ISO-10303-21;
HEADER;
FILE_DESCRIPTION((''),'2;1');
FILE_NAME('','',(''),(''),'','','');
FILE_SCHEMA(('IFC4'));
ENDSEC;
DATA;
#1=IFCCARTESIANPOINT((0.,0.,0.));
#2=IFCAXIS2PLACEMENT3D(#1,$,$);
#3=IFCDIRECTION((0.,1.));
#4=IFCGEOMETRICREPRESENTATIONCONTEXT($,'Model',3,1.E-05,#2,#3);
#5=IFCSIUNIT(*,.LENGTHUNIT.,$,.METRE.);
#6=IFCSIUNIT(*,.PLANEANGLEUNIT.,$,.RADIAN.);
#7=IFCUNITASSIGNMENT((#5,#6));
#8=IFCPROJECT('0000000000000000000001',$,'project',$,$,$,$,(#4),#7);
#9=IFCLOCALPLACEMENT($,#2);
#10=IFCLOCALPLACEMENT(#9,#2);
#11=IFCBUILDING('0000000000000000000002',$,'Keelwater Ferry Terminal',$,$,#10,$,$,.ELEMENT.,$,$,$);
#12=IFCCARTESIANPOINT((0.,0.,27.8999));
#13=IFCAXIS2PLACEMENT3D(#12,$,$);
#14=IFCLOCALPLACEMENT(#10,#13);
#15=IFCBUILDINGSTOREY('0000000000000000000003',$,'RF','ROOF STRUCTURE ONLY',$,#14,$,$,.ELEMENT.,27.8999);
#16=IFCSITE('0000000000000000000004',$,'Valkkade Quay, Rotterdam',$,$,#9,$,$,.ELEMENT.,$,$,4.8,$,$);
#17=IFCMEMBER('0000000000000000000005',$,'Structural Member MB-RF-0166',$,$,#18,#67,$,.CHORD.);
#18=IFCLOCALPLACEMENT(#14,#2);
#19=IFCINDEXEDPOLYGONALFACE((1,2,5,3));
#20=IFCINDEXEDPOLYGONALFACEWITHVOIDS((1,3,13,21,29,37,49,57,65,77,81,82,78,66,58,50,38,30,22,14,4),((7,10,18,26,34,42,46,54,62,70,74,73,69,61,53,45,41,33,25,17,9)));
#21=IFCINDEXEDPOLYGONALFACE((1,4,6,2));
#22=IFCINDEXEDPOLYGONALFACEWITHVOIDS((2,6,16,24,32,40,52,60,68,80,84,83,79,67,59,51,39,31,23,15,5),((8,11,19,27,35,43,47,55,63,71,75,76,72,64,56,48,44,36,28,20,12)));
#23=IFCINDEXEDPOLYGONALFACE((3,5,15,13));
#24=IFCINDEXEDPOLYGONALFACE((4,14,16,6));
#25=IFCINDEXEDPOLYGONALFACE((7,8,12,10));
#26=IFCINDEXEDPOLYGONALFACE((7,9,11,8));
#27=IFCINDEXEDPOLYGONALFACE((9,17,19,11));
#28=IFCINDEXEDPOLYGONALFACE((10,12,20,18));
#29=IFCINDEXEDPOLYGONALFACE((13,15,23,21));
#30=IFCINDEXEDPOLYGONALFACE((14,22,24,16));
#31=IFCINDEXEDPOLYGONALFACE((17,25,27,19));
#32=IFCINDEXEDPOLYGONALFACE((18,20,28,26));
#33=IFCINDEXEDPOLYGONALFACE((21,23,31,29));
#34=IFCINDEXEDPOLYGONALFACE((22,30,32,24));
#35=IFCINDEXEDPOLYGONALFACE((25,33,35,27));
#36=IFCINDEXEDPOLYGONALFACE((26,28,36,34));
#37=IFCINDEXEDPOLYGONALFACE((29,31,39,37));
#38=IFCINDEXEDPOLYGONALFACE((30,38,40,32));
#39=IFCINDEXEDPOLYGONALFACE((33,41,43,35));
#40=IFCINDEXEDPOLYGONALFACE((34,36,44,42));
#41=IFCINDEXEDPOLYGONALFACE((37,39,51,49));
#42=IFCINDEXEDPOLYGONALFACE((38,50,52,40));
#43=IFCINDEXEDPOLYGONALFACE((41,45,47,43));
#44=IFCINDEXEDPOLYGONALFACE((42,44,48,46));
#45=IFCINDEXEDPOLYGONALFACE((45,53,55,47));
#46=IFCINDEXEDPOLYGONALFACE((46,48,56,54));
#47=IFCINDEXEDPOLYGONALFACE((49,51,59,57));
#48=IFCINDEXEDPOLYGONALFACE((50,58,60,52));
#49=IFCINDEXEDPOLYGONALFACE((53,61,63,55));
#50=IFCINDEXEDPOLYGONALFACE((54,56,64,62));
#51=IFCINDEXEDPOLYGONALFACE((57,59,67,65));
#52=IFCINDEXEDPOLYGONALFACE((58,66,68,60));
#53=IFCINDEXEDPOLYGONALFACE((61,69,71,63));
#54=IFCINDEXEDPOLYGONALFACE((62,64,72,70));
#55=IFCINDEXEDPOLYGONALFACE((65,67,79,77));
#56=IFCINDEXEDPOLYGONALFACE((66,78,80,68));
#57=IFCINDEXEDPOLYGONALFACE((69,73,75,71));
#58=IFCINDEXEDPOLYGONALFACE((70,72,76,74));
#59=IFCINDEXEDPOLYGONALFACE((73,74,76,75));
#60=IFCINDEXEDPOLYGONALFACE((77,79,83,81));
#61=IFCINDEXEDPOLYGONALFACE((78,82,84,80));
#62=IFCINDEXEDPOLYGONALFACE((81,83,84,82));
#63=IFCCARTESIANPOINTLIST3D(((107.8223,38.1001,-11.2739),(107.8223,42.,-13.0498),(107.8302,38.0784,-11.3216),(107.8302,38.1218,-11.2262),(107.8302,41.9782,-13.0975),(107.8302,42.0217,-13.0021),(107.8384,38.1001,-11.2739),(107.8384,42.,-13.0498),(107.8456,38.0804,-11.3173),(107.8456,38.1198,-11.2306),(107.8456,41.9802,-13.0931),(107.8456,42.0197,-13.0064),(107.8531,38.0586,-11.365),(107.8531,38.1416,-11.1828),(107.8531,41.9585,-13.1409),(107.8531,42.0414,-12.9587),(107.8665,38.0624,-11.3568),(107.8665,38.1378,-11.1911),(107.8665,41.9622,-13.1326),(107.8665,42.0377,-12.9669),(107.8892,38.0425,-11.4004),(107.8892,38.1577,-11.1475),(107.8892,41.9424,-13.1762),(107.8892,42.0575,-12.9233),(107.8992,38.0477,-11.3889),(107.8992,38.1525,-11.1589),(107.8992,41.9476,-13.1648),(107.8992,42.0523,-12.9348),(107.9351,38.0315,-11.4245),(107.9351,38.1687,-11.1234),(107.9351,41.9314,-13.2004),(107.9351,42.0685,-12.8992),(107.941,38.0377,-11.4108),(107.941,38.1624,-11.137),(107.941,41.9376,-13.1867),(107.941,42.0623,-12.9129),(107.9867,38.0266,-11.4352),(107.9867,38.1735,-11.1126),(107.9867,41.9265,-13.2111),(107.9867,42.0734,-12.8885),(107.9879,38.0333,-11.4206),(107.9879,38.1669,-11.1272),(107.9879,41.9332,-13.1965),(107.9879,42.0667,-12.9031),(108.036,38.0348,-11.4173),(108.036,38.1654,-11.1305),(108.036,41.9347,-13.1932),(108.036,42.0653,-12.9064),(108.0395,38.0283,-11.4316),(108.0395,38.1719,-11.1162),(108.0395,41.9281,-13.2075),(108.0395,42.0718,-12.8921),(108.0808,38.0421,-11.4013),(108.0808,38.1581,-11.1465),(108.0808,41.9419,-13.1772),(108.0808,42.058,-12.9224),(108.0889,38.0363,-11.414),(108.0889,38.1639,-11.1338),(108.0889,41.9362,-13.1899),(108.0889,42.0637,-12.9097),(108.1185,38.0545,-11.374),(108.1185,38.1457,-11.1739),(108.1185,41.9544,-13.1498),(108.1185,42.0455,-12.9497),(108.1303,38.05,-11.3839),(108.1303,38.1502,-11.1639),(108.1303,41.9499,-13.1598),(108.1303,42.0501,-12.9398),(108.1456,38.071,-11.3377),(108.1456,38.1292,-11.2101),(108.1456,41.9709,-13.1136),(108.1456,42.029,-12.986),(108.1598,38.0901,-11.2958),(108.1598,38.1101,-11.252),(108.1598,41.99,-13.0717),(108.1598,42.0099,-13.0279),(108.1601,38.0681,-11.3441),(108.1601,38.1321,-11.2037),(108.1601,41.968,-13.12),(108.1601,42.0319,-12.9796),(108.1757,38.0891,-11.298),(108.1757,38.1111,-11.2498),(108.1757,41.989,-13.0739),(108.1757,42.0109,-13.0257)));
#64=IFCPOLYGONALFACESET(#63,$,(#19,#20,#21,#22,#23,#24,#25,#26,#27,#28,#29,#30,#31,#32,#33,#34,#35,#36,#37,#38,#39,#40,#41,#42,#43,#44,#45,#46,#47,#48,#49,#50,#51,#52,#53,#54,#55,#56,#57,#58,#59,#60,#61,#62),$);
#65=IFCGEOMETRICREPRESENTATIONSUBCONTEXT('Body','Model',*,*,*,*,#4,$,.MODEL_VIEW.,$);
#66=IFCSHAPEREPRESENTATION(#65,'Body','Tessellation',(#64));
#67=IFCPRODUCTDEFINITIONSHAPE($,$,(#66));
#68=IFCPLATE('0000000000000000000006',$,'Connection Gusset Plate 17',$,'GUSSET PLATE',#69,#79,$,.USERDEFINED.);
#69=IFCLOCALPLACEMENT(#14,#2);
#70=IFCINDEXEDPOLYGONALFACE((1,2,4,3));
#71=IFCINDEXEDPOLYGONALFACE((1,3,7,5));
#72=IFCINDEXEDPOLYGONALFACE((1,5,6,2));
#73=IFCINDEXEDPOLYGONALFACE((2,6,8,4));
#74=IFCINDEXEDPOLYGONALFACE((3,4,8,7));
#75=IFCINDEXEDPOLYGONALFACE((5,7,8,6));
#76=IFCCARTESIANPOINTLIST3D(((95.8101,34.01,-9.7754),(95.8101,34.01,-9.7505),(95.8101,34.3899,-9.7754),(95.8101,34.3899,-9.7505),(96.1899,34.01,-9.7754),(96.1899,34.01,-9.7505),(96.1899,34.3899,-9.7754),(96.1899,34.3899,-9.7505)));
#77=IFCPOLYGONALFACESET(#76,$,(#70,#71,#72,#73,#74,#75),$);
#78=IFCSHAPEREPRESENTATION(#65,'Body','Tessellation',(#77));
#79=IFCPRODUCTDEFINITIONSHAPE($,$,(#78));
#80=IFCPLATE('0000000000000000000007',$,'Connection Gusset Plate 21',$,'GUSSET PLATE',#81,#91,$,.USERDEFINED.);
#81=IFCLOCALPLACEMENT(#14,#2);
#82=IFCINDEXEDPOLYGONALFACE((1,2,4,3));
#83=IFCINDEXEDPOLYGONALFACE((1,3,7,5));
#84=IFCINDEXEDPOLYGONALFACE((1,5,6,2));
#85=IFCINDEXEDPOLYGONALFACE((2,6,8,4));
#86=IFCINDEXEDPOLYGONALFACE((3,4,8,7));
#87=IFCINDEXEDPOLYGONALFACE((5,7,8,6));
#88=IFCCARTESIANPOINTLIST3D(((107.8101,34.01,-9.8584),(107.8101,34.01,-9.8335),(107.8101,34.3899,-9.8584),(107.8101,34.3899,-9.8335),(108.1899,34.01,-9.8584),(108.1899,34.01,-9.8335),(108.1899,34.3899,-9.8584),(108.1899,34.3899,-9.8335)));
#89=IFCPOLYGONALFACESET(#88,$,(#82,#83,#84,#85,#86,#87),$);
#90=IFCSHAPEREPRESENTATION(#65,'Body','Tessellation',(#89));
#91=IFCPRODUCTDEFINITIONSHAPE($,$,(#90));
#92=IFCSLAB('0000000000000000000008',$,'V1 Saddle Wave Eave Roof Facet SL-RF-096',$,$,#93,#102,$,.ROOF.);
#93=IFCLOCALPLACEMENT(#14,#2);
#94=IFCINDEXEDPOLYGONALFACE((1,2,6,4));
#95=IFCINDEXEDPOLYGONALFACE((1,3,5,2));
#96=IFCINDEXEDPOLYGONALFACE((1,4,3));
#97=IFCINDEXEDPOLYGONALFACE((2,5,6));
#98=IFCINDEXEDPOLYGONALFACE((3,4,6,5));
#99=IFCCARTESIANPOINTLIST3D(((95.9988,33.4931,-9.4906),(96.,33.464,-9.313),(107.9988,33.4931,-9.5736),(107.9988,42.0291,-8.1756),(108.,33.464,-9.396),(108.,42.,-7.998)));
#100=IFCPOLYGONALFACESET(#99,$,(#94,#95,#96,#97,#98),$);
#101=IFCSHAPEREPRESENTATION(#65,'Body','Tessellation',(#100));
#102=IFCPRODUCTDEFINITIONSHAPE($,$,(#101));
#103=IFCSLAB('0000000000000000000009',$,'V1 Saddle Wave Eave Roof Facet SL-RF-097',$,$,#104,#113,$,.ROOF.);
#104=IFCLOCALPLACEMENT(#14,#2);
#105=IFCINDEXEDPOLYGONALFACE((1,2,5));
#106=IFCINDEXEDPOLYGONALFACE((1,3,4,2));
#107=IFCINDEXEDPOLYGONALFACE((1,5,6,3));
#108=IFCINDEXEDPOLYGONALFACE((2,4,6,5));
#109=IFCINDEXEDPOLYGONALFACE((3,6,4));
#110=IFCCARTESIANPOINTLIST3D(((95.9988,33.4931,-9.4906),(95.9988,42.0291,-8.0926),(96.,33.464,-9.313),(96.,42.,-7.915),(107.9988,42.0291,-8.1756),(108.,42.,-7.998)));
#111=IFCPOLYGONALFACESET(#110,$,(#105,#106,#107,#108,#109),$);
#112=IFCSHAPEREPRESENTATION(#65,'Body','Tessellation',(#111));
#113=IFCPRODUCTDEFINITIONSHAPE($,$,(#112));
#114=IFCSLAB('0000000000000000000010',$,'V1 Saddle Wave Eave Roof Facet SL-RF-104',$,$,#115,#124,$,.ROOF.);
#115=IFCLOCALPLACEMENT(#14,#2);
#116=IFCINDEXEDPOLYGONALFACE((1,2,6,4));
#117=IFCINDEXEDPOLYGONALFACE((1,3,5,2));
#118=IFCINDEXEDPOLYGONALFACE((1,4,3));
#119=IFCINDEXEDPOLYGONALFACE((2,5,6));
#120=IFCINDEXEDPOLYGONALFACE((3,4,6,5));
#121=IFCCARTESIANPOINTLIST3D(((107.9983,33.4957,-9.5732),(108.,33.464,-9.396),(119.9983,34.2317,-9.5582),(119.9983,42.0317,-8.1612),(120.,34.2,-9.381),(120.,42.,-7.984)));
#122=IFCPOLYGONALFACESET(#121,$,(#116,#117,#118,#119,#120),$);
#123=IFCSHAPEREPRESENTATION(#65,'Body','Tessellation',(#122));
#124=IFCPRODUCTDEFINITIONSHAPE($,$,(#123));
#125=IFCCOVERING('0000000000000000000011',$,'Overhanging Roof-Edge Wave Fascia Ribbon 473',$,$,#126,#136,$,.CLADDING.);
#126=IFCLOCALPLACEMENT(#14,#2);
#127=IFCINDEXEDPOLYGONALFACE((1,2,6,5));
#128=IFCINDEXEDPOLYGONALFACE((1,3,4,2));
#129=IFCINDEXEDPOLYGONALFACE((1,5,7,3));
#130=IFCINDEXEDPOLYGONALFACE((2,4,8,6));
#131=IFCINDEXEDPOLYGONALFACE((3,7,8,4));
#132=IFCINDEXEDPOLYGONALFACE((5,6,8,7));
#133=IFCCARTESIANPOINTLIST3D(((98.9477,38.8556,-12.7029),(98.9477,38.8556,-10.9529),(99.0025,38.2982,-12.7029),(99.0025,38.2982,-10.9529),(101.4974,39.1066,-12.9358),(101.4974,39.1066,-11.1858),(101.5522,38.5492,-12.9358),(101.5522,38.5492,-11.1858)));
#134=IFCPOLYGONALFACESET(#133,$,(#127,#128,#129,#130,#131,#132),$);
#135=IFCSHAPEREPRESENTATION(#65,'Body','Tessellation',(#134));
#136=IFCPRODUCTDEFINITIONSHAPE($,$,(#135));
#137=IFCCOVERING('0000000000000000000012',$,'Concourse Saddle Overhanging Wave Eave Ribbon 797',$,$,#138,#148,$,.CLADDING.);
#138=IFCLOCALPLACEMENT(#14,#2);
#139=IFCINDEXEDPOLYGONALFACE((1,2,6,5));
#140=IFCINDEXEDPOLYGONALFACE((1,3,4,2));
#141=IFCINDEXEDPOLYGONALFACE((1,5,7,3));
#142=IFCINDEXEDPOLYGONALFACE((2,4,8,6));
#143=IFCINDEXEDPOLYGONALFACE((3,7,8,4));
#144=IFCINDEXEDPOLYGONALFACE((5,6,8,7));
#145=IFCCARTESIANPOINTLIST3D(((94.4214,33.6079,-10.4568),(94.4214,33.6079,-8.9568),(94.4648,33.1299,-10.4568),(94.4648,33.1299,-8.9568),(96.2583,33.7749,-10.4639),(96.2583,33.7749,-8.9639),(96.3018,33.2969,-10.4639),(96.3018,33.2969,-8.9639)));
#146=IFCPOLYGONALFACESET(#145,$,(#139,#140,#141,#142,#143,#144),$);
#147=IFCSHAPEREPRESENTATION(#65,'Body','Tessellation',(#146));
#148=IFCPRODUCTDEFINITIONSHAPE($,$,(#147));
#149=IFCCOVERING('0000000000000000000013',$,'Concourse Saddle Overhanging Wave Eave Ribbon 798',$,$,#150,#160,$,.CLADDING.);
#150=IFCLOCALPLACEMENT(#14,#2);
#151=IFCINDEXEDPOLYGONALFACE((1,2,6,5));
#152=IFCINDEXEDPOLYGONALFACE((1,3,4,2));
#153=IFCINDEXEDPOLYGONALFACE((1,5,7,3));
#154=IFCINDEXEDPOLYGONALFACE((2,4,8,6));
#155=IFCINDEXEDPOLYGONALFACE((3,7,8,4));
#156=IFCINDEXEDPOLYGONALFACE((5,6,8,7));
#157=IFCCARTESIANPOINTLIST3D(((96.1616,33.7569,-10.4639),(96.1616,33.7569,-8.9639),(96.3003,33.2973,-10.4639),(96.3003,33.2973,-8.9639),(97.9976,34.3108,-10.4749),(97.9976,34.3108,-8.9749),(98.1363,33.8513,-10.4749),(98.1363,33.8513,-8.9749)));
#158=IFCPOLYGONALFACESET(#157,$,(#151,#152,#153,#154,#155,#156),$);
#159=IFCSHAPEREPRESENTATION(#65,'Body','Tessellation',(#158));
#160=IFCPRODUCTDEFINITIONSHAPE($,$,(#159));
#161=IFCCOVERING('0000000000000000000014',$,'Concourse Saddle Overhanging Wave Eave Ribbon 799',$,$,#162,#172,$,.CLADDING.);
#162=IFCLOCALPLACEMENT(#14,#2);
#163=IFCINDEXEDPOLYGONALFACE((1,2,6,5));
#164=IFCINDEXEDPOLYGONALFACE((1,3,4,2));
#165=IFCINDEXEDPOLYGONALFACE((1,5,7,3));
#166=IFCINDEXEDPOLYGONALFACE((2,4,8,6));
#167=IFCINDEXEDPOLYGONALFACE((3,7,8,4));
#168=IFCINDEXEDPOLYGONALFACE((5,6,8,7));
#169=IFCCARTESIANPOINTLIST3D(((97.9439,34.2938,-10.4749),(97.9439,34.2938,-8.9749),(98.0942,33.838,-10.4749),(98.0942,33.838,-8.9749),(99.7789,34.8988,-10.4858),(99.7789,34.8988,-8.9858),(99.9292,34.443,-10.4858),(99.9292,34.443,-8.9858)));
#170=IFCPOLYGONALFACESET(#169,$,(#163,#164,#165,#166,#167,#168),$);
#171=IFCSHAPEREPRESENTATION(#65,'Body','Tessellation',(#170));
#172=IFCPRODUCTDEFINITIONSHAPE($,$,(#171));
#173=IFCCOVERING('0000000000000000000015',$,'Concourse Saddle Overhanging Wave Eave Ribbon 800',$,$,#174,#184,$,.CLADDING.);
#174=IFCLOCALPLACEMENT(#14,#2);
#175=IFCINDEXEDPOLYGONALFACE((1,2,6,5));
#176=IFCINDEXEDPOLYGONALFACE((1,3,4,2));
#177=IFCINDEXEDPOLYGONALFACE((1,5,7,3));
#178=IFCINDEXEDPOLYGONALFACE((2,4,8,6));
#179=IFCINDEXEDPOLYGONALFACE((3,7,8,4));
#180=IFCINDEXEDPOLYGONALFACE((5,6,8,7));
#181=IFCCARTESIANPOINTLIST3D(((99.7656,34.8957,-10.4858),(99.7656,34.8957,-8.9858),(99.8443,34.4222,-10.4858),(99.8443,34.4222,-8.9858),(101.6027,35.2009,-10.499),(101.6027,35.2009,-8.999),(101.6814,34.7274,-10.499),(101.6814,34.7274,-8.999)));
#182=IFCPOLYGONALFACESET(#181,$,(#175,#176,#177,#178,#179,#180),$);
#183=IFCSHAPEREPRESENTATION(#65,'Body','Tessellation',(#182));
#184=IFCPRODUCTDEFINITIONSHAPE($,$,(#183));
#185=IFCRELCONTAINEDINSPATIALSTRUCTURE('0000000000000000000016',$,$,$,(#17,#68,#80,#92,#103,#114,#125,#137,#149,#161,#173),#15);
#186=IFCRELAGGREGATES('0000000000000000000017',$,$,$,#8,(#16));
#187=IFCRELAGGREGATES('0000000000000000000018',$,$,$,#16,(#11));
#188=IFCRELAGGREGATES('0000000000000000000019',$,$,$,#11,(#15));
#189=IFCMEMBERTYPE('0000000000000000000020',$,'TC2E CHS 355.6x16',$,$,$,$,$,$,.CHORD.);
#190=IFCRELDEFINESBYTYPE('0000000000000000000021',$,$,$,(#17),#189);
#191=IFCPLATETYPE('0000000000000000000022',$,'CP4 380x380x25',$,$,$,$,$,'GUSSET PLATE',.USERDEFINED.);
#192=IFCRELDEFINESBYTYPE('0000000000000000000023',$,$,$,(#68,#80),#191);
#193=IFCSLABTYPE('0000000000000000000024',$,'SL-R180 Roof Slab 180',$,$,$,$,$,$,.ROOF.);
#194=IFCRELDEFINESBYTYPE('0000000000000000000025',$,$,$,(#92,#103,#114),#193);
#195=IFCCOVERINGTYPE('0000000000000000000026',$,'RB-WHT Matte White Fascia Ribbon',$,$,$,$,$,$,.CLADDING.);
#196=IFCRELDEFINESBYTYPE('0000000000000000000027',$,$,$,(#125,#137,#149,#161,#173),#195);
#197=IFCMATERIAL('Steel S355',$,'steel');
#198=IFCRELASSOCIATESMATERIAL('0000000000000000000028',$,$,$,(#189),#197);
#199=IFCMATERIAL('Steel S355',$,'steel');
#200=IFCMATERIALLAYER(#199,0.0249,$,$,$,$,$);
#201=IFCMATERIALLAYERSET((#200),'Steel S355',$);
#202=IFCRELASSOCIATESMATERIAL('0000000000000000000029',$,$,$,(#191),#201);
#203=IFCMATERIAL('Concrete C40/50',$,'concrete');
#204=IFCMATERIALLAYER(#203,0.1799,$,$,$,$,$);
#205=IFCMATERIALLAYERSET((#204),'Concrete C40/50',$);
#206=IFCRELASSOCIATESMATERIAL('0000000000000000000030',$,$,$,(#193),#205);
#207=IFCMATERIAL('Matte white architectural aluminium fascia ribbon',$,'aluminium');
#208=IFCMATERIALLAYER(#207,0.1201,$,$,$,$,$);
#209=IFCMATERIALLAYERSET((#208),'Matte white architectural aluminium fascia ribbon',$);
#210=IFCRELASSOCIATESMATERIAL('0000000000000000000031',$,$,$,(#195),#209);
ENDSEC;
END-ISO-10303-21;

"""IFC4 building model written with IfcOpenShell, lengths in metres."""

from ifc_helpers import new_model, si_unit, direction, frame, origin, origin_with_axes, origin_2d, place, context, subcontext, project, spatial, polyline, rectangle, hollow_circle, outline, extrude, material, layer, layer_set, material_profile, profile_set, type_object, element, save


model = new_model("IFC4")

# Units and contexts
model_context = context("Model", 3, precision=1e-05, world=origin(), true_north=direction((0.0, 1.0)))
body_context = subcontext(model_context, "Body", "Model", "MODEL_VIEW")
ifc_project = project(units=[si_unit("LENGTHUNIT", "METRE"), si_unit("PLANEANGLEUNIT", "RADIAN")], contexts=[model_context])

# Site, building, storey
site_placement = place(None, origin())
site = spatial("IfcSite", under=ifc_project, at=site_placement, Name="Valkkade Quay, Rotterdam", CompositionType="ELEMENT", RefElevation=4.8)
building_placement = place(site_placement, origin())
building = spatial("IfcBuilding", under=site, at=building_placement, Name="Keelwater Ferry Terminal", CompositionType="ELEMENT")
storey_placement = place(building_placement, frame((0.0, 0.0, 27.8999)))
storey = spatial("IfcBuildingStorey", under=building, at=storey_placement, Name="RF", Description="ROOF STRUCTURE ONLY", CompositionType="ELEMENT", Elevation=27.8999)

# Member
ifc_material_1 = material(Name="Steel S355", Category="steel")
ifc_material_profile_1 = material_profile(ifc_material_1, hollow_circle(Radius=0.1777, WallThickness=0.0161, at=origin_2d()), Name="CHS 355.6x16")
ifc_profile_set_1 = profile_set([ifc_material_profile_1], Name="Steel S355")
member_type_1 = type_object("IfcMemberType", Name="TC2E CHS 355.6x16", PredefinedType="CHORD", material=ifc_profile_set_1)
member_1_placement = place(storey_placement, frame((108.0, 38.1001, -11.2739), z_axis=(0.0, 0.910085, -0.414421), x_axis=(-1.0, 0.0, 0.0)))
element("IfcMember", 1, at=member_1_placement, inside=storey, type_object=member_type_1, Name="Structural Member MB-RF-0166", PredefinedType="CHORD", context=body_context, shape_type="SweptSolid", body=[
    extrude(hollow_circle(Radius=0.1777, WallThickness=0.0161, at=origin_2d()), origin(), (0.0, 0.0, 1.0), 4.2852),
])

# Plates
ifc_material_2 = material(Name="Steel S355", Category="steel")
ifc_layer_1 = layer(ifc_material_2, 0.0249)
ifc_layer_set_1 = layer_set([ifc_layer_1], Name="Steel S355")
plate_type = type_object("IfcPlateType", Name="CP4 380x380x25", ElementType="GUSSET PLATE", PredefinedType="USERDEFINED", material=ifc_layer_set_1)
for number, where, z_axis, x_axis, name in (
    (2, (96.0, 34.2, -9.7754), (0.0, 0.0, 1.0), (0.0, 1.0, 0.0), "Connection Gusset Plate 17"),
    (3, (108.0, 34.2, -9.8584), (0.0, 0.0, 1.0), (0.0, 1.0, 0.0), "Connection Gusset Plate 21"),
):
    element("IfcPlate", number, at=place(storey_placement, frame(where, z_axis=z_axis, x_axis=x_axis)), inside=storey, type_object=plate_type, Name=name, ObjectType="GUSSET PLATE", PredefinedType="USERDEFINED", context=body_context, shape_type="SweptSolid", body=[
        extrude(rectangle(XDim=0.3799, YDim=0.3799, at=origin_2d()), origin(), (0.0, 0.0, 1.0), 0.0249),
    ])

# Slabs
ifc_material_3 = material(Name="Concrete C40/50", Category="concrete")
ifc_layer_2 = layer(ifc_material_3, 0.1799)
ifc_layer_set_2 = layer_set([ifc_layer_2], Name="Concrete C40/50")
slab_type = type_object("IfcSlabType", Name="SL-R180 Roof Slab 180", PredefinedType="ROOF", material=ifc_layer_set_2)
slab_1_placement = place(storey_placement, frame((95.9988, 33.4931, -9.4906), z_axis=(0.006826, -0.16162, 0.986829), x_axis=(0.999977, 0.001103, -0.006736)))
element("IfcSlab", 4, at=slab_1_placement, inside=storey, type_object=slab_type, Name="V1 Saddle Wave Eave Roof Facet SL-RF-096", PredefinedType="ROOF", context=body_context, shape_type="SweptSolid", body=[
    extrude(outline(polyline([(0.0, 0.0), (12.0003, -0.0134), (12.0003, 8.6363), (0.0, 0.0)])), origin_with_axes(), (0.0, 0.0, 1.0), 0.18),
])
slab_2_placement = place(storey_placement, frame((95.9988, 33.4931, -9.4906), z_axis=(0.006826, -0.16162, 0.986829), x_axis=(0.999977, 0.001103, -0.006736)))
element("IfcSlab", 5, at=slab_2_placement, inside=storey, type_object=slab_type, Name="V1 Saddle Wave Eave Roof Facet SL-RF-097", PredefinedType="ROOF", context=body_context, shape_type="SweptSolid", body=[
    extrude(outline(polyline([(0.0, 0.0), (12.0003, 8.6363), (0.0, 8.6497), (0.0, 0.0)])), origin_with_axes(), (0.0, 0.0, 1.0), 0.18),
])
slab_3_placement = place(storey_placement, frame((107.9983, 33.4957, -9.5732), z_axis=(0.009582, -0.176289, 0.984292), x_axis=(0.999954, 0.001689, -0.009432)))
element("IfcSlab", 6, at=slab_3_placement, inside=storey, type_object=slab_type, Name="V1 Saddle Wave Eave Roof Facet SL-RF-104", PredefinedType="ROOF", context=body_context, shape_type="SweptSolid", body=[
    extrude(outline(polyline([(0.0, 0.0), (12.0006, 0.7271), (12.0006, 8.6512), (0.0, 0.0)])), origin_with_axes(), (0.0, 0.0, 1.0), 0.18),
])

# Coverings
ifc_material_4 = material(Name="Matte white architectural aluminium fascia ribbon", Category="aluminium")
ifc_layer_3 = layer(ifc_material_4, 0.1201)
ifc_layer_set_3 = layer_set([ifc_layer_3], Name="Matte white architectural aluminium fascia ribbon")
covering_type = type_object("IfcCoveringType", Name="RB-WHT Matte White Fascia Ribbon", PredefinedType="CLADDING", material=ifc_layer_set_3)
covering_1_placement = place(storey_placement, frame((98.9751, 38.5769, -12.9358), z_axis=(0.0, 0.0, 1.0), x_axis=(0.995191, 0.097956, 0.0)))
element("IfcCovering", 7, at=covering_1_placement, inside=storey, type_object=covering_type, Name="Overhanging Roof-Edge Wave Fascia Ribbon 473", PredefinedType="CLADDING", context=body_context, shape_type="SweptSolid", body=[
    extrude(outline(polyline([(0.0, 0.2329), (2.562, 0.0), (2.562, 1.75), (0.0, 1.9829), (0.0, 0.2329)])), frame((0.0, 0.28, 0.0), z_axis=(0.0, -1.0, 0.0), x_axis=(1.0, 0.0, 0.0)), (0.0, 0.0, 1.0), 0.5601),
])
covering_2_placement = place(storey_placement, frame((94.4431, 33.3689, -10.4639), z_axis=(0.0, 0.0, 1.0), x_axis=(0.995893, 0.090536, 0.0)))
element("IfcCovering", 8, at=covering_2_placement, inside=storey, type_object=covering_type, Name="Concourse Saddle Overhanging Wave Eave Ribbon 797", PredefinedType="CLADDING", context=body_context, shape_type="SweptSolid", body=[
    extrude(outline(polyline([(0.0, 0.0071), (1.8445, 0.0), (1.8445, 1.5), (0.0, 1.5071), (0.0, 0.0071)])), frame((0.0, 0.24, 0.0), z_axis=(0.0, -1.0, 0.0), x_axis=(1.0, 0.0, 0.0)), (0.0, 0.0, 1.0), 0.48),
])
covering_3_placement = place(storey_placement, frame((96.231, 33.5271, -10.4749), z_axis=(0.0, 0.0, 1.0), x_axis=(0.95737, 0.288866, 0.0)))
element("IfcCovering", 9, at=covering_3_placement, inside=storey, type_object=covering_type, Name="Concourse Saddle Overhanging Wave Eave Ribbon 798", PredefinedType="CLADDING", context=body_context, shape_type="SweptSolid", body=[
    extrude(outline(polyline([(0.0, 0.011), (1.9177, 0.0), (1.9177, 1.5), (0.0, 1.511), (0.0, 0.011)])), frame((0.0, 0.24, 0.0), z_axis=(0.0, -1.0, 0.0), x_axis=(1.0, 0.0, 0.0)), (0.0, 0.0, 1.0), 0.48),
])
covering_4_placement = place(storey_placement, frame((98.019, 34.0659, -10.4858), z_axis=(0.0, 0.0, 1.0), x_axis=(0.949714, 0.313118, 0.0)))
element("IfcCovering", 10, at=covering_4_placement, inside=storey, type_object=covering_type, Name="Concourse Saddle Overhanging Wave Eave Ribbon 799", PredefinedType="CLADDING", context=body_context, shape_type="SweptSolid", body=[
    extrude(outline(polyline([(0.0, 0.011), (1.9321, 0.0), (1.9321, 1.5), (0.0, 1.511), (0.0, 0.011)])), frame((0.0, 0.24, 0.0), z_axis=(0.0, -1.0, 0.0), x_axis=(1.0, 0.0, 0.0)), (0.0, 0.0, 1.0), 0.48),
])
covering_5_placement = place(storey_placement, frame((99.8049, 34.6589, -10.499), z_axis=(0.0, 0.0, 1.0), x_axis=(0.986482, 0.163868, 0.0)))
element("IfcCovering", 11, at=covering_5_placement, inside=storey, type_object=covering_type, Name="Concourse Saddle Overhanging Wave Eave Ribbon 800", PredefinedType="CLADDING", context=body_context, shape_type="SweptSolid", body=[
    extrude(outline(polyline([(0.0, 0.0132), (1.8623, 0.0), (1.8623, 1.5), (0.0, 1.5132), (0.0, 0.0132)])), frame((0.0, 0.24, 0.0), z_axis=(0.0, -1.0, 0.0), x_axis=(1.0, 0.0, 0.0)), (0.0, 0.0, 1.0), 0.48),
])

save(model, "model.ifc")
